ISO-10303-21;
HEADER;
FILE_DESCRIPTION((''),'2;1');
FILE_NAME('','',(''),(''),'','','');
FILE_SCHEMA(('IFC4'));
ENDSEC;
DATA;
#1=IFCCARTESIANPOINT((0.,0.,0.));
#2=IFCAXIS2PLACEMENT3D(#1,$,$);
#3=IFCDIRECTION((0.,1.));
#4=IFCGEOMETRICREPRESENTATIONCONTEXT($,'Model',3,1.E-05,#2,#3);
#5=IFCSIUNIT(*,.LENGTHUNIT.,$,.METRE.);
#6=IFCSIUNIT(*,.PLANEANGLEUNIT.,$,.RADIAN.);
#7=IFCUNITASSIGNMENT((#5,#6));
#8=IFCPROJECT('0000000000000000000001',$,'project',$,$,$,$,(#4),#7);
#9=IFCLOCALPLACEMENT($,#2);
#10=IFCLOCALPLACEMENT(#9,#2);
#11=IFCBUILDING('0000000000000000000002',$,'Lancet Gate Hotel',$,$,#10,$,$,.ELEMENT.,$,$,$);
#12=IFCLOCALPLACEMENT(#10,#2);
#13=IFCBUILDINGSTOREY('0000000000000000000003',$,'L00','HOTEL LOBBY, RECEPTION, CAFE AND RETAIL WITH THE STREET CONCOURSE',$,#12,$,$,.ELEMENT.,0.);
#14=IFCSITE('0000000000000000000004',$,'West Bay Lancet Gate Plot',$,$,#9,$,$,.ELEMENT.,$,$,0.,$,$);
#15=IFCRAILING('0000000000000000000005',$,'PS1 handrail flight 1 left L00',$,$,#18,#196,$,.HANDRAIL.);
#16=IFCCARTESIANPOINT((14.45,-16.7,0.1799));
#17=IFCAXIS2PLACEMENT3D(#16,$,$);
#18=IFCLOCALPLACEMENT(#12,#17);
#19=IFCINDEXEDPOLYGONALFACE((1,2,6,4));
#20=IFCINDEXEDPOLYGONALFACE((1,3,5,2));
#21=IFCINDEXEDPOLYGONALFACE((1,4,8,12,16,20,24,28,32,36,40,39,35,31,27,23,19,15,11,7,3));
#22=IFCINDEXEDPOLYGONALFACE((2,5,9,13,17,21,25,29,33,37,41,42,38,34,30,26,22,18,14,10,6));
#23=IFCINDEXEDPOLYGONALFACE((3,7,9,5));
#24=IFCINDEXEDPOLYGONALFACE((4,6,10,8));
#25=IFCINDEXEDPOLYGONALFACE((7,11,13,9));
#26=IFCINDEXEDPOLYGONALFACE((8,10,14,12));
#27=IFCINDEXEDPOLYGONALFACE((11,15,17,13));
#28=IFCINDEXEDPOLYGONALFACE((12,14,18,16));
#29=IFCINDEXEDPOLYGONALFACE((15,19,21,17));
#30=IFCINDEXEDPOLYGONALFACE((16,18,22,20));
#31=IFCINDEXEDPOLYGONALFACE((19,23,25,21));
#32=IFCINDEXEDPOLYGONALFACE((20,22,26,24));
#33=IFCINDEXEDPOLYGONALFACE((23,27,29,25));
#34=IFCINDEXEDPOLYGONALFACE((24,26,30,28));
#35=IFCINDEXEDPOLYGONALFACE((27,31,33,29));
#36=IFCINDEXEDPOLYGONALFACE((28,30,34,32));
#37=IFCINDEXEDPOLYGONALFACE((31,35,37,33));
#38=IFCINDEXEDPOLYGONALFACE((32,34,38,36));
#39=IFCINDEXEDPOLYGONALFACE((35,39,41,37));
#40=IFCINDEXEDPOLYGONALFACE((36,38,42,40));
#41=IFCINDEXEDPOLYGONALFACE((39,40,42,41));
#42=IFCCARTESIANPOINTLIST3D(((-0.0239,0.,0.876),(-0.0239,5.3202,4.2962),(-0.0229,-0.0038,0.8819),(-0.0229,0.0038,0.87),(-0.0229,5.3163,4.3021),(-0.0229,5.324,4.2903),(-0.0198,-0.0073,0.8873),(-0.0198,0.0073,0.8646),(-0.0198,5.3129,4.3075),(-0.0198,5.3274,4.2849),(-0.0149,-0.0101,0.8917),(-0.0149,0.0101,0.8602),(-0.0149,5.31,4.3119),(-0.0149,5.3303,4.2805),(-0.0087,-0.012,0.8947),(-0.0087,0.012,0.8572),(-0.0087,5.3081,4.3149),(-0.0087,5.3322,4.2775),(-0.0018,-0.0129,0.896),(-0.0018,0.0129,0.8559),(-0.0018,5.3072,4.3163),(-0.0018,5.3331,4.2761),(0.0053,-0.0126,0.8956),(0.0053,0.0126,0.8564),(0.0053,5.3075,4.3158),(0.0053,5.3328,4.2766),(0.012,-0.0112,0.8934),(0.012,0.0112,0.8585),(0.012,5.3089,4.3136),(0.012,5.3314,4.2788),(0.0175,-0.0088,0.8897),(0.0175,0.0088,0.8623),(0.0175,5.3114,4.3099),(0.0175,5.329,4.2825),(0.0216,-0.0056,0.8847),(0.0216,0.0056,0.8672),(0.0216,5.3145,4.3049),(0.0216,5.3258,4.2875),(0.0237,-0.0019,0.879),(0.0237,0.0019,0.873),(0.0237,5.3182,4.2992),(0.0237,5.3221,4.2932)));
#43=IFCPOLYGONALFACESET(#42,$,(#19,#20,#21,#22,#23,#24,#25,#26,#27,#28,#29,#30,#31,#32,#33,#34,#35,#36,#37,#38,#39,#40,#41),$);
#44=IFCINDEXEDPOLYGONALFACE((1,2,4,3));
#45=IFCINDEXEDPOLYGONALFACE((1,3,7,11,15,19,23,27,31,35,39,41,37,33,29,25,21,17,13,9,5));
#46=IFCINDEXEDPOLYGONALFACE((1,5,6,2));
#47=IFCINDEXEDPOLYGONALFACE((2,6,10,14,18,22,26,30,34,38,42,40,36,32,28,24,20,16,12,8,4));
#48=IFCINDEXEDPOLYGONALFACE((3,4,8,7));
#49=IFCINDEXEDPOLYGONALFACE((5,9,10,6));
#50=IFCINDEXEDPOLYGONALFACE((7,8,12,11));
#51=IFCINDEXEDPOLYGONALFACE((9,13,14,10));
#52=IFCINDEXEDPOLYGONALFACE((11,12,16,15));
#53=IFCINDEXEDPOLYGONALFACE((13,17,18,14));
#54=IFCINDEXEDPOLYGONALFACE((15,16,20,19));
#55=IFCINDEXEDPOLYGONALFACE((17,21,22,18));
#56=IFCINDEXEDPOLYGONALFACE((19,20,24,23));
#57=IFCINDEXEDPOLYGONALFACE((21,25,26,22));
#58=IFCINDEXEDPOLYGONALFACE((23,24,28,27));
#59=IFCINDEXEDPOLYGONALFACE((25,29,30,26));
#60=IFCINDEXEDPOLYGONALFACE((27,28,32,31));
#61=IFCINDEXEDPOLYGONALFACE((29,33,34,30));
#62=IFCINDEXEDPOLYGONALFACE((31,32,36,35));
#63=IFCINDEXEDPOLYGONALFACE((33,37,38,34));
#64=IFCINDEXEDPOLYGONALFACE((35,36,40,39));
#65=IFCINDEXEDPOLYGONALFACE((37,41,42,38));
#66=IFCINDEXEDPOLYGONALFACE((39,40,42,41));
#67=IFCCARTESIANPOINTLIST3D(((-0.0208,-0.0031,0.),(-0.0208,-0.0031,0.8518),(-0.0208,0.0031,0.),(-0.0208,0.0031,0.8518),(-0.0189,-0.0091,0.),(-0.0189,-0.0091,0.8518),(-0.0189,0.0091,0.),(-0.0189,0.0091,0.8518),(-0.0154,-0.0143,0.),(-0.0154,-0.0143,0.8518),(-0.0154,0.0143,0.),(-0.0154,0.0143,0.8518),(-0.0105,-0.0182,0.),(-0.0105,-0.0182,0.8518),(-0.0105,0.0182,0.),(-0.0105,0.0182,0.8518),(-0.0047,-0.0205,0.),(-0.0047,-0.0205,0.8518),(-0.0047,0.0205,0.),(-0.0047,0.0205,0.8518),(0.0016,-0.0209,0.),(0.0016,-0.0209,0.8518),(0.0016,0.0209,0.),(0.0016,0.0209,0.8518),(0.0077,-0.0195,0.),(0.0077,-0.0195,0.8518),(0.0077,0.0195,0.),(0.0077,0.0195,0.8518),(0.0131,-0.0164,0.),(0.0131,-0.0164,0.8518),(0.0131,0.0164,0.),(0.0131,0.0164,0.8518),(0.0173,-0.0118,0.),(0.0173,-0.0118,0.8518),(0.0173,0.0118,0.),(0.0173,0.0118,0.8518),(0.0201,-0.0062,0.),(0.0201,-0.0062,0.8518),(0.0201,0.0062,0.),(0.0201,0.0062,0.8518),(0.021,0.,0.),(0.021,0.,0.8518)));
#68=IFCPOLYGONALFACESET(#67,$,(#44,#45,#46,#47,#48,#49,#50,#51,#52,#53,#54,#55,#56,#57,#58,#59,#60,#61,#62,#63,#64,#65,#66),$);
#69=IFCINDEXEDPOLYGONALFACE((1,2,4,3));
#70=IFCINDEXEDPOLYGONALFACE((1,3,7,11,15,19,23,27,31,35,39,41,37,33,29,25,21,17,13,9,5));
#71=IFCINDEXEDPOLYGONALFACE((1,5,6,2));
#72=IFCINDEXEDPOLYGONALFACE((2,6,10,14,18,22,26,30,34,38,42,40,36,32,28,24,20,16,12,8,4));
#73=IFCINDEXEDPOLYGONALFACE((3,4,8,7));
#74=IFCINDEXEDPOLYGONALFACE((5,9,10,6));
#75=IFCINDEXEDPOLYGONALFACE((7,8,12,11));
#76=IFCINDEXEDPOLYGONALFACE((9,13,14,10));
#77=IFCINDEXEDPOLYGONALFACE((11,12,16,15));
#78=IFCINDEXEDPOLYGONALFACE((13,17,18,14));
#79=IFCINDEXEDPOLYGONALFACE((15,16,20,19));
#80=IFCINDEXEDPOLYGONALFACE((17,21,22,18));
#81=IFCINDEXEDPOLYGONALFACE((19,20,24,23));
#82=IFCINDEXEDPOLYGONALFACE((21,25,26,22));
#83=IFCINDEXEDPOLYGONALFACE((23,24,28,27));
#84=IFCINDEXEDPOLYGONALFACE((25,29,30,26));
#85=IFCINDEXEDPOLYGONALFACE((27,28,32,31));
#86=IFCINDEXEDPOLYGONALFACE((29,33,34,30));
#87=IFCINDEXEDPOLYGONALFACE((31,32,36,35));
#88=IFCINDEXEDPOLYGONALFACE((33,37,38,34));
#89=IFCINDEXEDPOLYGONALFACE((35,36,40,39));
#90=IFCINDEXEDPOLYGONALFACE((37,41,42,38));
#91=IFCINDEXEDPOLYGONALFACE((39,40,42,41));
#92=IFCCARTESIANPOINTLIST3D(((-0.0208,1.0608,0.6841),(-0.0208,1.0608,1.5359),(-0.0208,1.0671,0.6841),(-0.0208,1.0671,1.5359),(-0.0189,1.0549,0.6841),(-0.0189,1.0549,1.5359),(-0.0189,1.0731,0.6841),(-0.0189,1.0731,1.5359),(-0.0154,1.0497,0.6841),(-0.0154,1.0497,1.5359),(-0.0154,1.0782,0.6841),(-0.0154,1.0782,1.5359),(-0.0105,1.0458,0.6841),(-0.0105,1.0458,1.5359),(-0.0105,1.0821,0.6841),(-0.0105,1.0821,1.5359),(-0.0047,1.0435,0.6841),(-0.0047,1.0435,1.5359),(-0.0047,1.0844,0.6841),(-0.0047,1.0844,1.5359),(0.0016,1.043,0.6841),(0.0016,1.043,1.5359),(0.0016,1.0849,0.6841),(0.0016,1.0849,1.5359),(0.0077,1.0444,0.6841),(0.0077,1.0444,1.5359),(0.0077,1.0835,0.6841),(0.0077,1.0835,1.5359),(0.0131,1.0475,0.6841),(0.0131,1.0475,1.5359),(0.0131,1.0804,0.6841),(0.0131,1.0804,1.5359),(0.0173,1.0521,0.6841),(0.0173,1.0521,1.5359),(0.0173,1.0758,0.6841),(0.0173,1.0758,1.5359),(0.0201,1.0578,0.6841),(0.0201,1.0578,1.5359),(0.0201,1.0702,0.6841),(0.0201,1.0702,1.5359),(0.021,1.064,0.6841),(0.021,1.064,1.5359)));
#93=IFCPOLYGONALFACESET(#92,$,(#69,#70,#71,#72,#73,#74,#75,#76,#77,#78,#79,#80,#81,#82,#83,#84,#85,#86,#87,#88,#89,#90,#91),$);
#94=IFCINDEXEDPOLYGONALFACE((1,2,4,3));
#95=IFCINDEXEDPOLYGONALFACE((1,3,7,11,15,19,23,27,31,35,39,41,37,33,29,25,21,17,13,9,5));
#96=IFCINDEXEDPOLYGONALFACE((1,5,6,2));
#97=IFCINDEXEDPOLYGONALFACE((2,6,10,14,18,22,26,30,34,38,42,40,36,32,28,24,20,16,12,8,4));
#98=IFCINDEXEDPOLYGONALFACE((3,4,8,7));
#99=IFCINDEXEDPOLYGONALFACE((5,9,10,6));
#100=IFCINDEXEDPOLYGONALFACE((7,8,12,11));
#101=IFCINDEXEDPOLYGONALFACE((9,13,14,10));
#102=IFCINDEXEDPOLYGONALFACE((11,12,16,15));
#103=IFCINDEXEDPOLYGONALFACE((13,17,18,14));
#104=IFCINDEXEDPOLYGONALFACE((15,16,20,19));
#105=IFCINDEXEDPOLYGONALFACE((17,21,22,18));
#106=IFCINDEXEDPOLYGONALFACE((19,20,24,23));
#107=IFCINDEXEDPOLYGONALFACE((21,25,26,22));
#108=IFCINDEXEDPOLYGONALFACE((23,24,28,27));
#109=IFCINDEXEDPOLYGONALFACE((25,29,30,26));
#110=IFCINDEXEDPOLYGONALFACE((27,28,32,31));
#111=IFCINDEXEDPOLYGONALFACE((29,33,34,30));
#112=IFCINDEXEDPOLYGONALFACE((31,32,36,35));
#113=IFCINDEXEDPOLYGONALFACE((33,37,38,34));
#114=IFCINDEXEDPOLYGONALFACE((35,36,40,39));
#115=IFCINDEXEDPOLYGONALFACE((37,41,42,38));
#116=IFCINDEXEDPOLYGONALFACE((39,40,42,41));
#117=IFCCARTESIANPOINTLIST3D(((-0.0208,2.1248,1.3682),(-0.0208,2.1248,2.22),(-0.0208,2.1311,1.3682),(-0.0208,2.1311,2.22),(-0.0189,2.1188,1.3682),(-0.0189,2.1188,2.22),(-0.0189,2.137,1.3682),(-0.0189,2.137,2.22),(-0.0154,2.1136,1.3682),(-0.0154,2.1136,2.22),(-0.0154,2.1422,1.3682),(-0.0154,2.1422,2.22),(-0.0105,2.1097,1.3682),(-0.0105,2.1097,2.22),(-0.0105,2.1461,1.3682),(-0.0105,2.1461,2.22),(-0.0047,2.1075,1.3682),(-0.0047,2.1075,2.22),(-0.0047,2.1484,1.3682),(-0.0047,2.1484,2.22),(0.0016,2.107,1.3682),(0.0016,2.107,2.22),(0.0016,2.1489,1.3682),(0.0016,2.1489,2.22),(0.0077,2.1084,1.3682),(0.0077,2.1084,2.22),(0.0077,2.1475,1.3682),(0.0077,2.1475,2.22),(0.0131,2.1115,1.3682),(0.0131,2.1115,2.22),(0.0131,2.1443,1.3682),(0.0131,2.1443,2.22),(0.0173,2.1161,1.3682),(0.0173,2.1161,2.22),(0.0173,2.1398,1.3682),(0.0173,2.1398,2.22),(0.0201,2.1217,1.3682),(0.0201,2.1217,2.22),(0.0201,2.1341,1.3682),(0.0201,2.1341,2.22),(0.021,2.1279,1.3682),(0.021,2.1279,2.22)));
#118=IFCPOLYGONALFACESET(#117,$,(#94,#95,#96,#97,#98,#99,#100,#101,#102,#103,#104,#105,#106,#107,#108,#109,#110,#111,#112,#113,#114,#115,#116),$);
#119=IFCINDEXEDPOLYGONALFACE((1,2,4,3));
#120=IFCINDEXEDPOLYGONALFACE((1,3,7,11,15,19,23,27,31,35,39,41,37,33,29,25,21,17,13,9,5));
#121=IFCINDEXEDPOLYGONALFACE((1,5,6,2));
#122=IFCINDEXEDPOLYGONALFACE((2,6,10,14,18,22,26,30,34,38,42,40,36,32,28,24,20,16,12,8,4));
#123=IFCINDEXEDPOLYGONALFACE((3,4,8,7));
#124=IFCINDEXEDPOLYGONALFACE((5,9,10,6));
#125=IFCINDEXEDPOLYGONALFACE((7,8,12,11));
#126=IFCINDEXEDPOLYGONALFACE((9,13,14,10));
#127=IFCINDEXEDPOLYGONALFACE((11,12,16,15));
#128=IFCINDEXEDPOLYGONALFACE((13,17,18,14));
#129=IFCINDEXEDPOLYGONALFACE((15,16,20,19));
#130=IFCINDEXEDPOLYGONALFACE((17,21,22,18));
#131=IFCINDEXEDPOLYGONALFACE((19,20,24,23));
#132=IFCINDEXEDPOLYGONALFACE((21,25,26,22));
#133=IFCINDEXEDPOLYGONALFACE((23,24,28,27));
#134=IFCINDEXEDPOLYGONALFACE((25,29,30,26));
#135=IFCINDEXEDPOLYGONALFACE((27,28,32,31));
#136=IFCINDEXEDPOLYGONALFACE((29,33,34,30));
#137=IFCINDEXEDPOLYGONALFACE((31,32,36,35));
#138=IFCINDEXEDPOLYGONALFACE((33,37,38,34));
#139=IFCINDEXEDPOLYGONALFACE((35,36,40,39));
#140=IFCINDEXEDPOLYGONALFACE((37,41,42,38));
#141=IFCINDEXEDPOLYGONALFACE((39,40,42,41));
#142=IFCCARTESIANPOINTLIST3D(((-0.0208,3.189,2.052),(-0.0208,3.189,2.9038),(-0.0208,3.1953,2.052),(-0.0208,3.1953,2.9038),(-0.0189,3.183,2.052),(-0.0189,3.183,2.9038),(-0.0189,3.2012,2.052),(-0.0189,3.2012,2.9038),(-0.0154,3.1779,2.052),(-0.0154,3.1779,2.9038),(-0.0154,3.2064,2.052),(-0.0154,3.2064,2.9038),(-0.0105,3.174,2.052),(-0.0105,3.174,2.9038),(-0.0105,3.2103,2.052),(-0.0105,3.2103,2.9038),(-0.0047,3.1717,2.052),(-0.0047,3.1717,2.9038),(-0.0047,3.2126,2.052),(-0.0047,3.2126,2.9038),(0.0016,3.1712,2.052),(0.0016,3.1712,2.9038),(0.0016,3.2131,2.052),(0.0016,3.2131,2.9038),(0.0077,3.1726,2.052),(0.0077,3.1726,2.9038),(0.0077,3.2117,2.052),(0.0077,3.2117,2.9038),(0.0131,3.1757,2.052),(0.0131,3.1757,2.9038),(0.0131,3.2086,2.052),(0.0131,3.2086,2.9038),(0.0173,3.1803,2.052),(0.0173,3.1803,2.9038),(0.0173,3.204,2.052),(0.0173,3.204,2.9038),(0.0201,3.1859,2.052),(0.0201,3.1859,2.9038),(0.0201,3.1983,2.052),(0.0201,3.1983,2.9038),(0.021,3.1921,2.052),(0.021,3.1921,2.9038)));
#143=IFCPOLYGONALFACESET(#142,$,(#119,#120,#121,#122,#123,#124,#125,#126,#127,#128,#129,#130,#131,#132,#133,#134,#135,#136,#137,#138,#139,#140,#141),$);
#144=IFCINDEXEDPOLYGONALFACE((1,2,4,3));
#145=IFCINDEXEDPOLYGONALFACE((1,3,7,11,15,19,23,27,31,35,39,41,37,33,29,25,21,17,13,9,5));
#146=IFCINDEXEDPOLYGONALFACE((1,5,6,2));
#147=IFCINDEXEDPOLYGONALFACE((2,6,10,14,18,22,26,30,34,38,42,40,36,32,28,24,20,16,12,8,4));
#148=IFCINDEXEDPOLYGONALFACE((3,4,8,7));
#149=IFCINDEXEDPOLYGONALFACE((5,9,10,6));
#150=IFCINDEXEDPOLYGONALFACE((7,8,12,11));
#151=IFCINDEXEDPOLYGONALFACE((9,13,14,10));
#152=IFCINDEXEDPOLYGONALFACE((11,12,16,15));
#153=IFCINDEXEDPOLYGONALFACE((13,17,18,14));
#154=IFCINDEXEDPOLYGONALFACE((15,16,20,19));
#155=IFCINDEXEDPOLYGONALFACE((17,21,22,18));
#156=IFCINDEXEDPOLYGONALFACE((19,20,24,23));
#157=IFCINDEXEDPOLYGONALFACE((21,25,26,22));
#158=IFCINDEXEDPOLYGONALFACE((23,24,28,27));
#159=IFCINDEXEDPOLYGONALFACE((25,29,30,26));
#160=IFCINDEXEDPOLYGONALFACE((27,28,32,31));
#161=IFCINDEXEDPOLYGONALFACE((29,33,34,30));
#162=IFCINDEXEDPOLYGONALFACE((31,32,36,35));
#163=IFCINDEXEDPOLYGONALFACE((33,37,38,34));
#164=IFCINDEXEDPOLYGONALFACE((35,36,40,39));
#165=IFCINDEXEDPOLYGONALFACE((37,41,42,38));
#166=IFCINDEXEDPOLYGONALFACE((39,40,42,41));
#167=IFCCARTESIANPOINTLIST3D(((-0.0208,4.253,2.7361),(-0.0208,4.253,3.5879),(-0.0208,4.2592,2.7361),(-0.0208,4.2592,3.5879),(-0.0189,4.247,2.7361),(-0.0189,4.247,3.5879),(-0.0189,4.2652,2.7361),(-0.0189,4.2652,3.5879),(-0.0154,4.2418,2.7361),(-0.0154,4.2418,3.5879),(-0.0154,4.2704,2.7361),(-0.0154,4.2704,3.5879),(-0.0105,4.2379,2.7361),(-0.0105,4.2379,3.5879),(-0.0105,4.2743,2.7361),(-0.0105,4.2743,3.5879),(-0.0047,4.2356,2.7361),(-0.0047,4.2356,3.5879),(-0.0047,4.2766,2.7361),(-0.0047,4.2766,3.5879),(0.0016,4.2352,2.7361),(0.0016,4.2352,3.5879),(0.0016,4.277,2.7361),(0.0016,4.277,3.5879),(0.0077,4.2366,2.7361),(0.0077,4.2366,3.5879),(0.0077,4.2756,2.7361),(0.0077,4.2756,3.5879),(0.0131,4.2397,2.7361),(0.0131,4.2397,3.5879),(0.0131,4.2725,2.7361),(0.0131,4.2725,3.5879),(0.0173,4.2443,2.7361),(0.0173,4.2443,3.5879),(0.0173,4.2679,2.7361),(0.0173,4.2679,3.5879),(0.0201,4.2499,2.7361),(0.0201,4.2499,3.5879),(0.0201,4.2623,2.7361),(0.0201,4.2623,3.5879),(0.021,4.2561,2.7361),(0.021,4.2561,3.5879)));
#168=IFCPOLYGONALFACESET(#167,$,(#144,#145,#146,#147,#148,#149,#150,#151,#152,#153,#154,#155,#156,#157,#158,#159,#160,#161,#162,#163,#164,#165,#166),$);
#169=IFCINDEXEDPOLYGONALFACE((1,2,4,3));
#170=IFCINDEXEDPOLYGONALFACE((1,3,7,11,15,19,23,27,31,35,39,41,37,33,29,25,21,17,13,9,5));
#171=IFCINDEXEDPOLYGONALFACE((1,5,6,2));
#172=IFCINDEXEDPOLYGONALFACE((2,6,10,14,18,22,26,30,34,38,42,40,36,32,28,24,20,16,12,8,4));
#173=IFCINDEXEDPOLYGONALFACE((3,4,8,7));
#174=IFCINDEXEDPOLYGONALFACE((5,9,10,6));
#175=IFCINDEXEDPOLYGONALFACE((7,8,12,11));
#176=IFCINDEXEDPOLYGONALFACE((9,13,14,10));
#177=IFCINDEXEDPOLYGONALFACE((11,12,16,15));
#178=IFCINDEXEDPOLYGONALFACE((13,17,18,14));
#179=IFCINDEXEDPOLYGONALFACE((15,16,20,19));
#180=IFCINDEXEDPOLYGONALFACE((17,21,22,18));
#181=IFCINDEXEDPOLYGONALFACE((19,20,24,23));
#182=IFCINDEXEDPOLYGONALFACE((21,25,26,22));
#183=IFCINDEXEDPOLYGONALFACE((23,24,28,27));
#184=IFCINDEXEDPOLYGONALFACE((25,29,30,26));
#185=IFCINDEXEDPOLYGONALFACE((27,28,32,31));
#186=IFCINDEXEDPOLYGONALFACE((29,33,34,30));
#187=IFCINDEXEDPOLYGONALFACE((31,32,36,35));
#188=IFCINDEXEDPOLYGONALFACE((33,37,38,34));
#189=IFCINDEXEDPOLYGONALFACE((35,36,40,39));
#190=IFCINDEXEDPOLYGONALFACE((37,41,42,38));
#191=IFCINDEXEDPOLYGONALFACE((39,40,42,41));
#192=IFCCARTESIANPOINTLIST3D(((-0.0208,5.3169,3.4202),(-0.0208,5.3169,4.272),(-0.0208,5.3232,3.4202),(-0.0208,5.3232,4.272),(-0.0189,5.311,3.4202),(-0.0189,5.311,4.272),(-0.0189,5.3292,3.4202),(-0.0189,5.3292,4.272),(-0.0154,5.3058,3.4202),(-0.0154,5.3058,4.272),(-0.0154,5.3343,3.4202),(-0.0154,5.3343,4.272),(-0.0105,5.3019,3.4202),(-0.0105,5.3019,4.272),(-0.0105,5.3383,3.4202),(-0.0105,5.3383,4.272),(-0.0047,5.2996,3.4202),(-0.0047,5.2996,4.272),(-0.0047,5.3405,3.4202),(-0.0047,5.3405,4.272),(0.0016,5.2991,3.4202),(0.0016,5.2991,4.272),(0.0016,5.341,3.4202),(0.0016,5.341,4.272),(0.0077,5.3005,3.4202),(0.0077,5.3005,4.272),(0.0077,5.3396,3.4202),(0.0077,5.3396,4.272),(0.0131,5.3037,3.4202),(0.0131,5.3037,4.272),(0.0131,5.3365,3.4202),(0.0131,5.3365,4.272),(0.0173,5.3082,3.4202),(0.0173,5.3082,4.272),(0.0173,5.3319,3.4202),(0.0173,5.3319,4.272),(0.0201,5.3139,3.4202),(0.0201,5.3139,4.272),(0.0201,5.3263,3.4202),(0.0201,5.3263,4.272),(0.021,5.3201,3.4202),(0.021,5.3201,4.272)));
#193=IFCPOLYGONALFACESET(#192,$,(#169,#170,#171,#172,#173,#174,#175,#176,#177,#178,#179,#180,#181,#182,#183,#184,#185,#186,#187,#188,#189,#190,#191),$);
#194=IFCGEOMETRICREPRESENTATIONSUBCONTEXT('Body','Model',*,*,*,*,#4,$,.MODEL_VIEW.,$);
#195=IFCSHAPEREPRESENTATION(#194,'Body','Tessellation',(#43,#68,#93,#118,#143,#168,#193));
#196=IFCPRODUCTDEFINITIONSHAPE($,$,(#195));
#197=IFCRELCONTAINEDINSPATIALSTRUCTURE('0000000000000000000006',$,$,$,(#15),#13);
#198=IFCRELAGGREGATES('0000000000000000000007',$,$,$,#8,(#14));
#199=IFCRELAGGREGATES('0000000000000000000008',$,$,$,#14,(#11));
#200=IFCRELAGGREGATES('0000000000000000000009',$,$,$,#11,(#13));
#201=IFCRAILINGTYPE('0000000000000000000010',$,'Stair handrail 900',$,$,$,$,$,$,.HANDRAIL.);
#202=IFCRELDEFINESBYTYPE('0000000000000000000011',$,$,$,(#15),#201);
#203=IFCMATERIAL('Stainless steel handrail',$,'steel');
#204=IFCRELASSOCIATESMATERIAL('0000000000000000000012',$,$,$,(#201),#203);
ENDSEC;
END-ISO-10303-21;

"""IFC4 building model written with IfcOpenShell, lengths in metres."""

from ifc_helpers import new_model, si_unit, direction, frame, origin, origin_2d, place, context, subcontext, project, spatial, circle, extrude, material, type_object, element, save


model = new_model("IFC4")

# Units and contexts
model_context = context("Model", 3, precision=1e-05, world=origin(), true_north=direction((0.0, 1.0)))
body_context = subcontext(model_context, "Body", "Model", "MODEL_VIEW")
ifc_project = project(units=[si_unit("LENGTHUNIT", "METRE"), si_unit("PLANEANGLEUNIT", "RADIAN")], contexts=[model_context])

# Site, building, storey
site_placement = place(None, origin())
site = spatial("IfcSite", under=ifc_project, at=site_placement, Name="West Bay Lancet Gate Plot", CompositionType="ELEMENT", RefElevation=0.0)
building_placement = place(site_placement, origin())
building = spatial("IfcBuilding", under=site, at=building_placement, Name="Lancet Gate Hotel", CompositionType="ELEMENT")
storey_placement = place(building_placement, origin())
storey = spatial("IfcBuildingStorey", under=building, at=storey_placement, Name="L00", Description="HOTEL LOBBY, RECEPTION, CAFE AND RETAIL WITH THE STREET CONCOURSE", CompositionType="ELEMENT", Elevation=0.0)

# Railing
ifc_material_1 = material(Name="Stainless steel handrail", Category="steel")
railing_type_1 = type_object("IfcRailingType", Name="Stair handrail 900", PredefinedType="HANDRAIL", material=ifc_material_1)
for number, where, name in (
    (1, (14.45, -16.7, 0.1799), "PS1 handrail flight 1 left L00"),
):
    element("IfcRailing", number, at=place(storey_placement, frame(where)), inside=storey, type_object=railing_type_1, Name=name, PredefinedType="HANDRAIL", context=body_context, shape_type="SweptSolid", body=[
        extrude(circle(Radius=0.0239, at=origin_2d()), frame((0.0, 0.0, 0.876), z_axis=(0.0, 0.84117, 0.540771), x_axis=(-1.0, 0.0, 0.0)), (0.0, 0.0, 1.0), 6.3247),
        extrude(circle(Radius=0.021, at=origin_2d()), origin(), (0.0, 0.0, 1.0), 0.8518),
        extrude(circle(Radius=0.021, at=origin_2d()), frame((0.0, 1.064, 0.6841)), (0.0, 0.0, 1.0), 0.8518),
        extrude(circle(Radius=0.021, at=origin_2d()), frame((0.0, 2.1279, 1.3682)), (0.0, 0.0, 1.0), 0.8518),
        extrude(circle(Radius=0.021, at=origin_2d()), frame((0.0, 3.1921, 2.052)), (0.0, 0.0, 1.0), 0.8518),
        extrude(circle(Radius=0.021, at=origin_2d()), frame((0.0, 4.2561, 2.7361)), (0.0, 0.0, 1.0), 0.8518),
        extrude(circle(Radius=0.021, at=origin_2d()), frame((0.0, 5.3201, 3.4202)), (0.0, 0.0, 1.0), 0.8518),
    ])

save(model, "model.ifc")
